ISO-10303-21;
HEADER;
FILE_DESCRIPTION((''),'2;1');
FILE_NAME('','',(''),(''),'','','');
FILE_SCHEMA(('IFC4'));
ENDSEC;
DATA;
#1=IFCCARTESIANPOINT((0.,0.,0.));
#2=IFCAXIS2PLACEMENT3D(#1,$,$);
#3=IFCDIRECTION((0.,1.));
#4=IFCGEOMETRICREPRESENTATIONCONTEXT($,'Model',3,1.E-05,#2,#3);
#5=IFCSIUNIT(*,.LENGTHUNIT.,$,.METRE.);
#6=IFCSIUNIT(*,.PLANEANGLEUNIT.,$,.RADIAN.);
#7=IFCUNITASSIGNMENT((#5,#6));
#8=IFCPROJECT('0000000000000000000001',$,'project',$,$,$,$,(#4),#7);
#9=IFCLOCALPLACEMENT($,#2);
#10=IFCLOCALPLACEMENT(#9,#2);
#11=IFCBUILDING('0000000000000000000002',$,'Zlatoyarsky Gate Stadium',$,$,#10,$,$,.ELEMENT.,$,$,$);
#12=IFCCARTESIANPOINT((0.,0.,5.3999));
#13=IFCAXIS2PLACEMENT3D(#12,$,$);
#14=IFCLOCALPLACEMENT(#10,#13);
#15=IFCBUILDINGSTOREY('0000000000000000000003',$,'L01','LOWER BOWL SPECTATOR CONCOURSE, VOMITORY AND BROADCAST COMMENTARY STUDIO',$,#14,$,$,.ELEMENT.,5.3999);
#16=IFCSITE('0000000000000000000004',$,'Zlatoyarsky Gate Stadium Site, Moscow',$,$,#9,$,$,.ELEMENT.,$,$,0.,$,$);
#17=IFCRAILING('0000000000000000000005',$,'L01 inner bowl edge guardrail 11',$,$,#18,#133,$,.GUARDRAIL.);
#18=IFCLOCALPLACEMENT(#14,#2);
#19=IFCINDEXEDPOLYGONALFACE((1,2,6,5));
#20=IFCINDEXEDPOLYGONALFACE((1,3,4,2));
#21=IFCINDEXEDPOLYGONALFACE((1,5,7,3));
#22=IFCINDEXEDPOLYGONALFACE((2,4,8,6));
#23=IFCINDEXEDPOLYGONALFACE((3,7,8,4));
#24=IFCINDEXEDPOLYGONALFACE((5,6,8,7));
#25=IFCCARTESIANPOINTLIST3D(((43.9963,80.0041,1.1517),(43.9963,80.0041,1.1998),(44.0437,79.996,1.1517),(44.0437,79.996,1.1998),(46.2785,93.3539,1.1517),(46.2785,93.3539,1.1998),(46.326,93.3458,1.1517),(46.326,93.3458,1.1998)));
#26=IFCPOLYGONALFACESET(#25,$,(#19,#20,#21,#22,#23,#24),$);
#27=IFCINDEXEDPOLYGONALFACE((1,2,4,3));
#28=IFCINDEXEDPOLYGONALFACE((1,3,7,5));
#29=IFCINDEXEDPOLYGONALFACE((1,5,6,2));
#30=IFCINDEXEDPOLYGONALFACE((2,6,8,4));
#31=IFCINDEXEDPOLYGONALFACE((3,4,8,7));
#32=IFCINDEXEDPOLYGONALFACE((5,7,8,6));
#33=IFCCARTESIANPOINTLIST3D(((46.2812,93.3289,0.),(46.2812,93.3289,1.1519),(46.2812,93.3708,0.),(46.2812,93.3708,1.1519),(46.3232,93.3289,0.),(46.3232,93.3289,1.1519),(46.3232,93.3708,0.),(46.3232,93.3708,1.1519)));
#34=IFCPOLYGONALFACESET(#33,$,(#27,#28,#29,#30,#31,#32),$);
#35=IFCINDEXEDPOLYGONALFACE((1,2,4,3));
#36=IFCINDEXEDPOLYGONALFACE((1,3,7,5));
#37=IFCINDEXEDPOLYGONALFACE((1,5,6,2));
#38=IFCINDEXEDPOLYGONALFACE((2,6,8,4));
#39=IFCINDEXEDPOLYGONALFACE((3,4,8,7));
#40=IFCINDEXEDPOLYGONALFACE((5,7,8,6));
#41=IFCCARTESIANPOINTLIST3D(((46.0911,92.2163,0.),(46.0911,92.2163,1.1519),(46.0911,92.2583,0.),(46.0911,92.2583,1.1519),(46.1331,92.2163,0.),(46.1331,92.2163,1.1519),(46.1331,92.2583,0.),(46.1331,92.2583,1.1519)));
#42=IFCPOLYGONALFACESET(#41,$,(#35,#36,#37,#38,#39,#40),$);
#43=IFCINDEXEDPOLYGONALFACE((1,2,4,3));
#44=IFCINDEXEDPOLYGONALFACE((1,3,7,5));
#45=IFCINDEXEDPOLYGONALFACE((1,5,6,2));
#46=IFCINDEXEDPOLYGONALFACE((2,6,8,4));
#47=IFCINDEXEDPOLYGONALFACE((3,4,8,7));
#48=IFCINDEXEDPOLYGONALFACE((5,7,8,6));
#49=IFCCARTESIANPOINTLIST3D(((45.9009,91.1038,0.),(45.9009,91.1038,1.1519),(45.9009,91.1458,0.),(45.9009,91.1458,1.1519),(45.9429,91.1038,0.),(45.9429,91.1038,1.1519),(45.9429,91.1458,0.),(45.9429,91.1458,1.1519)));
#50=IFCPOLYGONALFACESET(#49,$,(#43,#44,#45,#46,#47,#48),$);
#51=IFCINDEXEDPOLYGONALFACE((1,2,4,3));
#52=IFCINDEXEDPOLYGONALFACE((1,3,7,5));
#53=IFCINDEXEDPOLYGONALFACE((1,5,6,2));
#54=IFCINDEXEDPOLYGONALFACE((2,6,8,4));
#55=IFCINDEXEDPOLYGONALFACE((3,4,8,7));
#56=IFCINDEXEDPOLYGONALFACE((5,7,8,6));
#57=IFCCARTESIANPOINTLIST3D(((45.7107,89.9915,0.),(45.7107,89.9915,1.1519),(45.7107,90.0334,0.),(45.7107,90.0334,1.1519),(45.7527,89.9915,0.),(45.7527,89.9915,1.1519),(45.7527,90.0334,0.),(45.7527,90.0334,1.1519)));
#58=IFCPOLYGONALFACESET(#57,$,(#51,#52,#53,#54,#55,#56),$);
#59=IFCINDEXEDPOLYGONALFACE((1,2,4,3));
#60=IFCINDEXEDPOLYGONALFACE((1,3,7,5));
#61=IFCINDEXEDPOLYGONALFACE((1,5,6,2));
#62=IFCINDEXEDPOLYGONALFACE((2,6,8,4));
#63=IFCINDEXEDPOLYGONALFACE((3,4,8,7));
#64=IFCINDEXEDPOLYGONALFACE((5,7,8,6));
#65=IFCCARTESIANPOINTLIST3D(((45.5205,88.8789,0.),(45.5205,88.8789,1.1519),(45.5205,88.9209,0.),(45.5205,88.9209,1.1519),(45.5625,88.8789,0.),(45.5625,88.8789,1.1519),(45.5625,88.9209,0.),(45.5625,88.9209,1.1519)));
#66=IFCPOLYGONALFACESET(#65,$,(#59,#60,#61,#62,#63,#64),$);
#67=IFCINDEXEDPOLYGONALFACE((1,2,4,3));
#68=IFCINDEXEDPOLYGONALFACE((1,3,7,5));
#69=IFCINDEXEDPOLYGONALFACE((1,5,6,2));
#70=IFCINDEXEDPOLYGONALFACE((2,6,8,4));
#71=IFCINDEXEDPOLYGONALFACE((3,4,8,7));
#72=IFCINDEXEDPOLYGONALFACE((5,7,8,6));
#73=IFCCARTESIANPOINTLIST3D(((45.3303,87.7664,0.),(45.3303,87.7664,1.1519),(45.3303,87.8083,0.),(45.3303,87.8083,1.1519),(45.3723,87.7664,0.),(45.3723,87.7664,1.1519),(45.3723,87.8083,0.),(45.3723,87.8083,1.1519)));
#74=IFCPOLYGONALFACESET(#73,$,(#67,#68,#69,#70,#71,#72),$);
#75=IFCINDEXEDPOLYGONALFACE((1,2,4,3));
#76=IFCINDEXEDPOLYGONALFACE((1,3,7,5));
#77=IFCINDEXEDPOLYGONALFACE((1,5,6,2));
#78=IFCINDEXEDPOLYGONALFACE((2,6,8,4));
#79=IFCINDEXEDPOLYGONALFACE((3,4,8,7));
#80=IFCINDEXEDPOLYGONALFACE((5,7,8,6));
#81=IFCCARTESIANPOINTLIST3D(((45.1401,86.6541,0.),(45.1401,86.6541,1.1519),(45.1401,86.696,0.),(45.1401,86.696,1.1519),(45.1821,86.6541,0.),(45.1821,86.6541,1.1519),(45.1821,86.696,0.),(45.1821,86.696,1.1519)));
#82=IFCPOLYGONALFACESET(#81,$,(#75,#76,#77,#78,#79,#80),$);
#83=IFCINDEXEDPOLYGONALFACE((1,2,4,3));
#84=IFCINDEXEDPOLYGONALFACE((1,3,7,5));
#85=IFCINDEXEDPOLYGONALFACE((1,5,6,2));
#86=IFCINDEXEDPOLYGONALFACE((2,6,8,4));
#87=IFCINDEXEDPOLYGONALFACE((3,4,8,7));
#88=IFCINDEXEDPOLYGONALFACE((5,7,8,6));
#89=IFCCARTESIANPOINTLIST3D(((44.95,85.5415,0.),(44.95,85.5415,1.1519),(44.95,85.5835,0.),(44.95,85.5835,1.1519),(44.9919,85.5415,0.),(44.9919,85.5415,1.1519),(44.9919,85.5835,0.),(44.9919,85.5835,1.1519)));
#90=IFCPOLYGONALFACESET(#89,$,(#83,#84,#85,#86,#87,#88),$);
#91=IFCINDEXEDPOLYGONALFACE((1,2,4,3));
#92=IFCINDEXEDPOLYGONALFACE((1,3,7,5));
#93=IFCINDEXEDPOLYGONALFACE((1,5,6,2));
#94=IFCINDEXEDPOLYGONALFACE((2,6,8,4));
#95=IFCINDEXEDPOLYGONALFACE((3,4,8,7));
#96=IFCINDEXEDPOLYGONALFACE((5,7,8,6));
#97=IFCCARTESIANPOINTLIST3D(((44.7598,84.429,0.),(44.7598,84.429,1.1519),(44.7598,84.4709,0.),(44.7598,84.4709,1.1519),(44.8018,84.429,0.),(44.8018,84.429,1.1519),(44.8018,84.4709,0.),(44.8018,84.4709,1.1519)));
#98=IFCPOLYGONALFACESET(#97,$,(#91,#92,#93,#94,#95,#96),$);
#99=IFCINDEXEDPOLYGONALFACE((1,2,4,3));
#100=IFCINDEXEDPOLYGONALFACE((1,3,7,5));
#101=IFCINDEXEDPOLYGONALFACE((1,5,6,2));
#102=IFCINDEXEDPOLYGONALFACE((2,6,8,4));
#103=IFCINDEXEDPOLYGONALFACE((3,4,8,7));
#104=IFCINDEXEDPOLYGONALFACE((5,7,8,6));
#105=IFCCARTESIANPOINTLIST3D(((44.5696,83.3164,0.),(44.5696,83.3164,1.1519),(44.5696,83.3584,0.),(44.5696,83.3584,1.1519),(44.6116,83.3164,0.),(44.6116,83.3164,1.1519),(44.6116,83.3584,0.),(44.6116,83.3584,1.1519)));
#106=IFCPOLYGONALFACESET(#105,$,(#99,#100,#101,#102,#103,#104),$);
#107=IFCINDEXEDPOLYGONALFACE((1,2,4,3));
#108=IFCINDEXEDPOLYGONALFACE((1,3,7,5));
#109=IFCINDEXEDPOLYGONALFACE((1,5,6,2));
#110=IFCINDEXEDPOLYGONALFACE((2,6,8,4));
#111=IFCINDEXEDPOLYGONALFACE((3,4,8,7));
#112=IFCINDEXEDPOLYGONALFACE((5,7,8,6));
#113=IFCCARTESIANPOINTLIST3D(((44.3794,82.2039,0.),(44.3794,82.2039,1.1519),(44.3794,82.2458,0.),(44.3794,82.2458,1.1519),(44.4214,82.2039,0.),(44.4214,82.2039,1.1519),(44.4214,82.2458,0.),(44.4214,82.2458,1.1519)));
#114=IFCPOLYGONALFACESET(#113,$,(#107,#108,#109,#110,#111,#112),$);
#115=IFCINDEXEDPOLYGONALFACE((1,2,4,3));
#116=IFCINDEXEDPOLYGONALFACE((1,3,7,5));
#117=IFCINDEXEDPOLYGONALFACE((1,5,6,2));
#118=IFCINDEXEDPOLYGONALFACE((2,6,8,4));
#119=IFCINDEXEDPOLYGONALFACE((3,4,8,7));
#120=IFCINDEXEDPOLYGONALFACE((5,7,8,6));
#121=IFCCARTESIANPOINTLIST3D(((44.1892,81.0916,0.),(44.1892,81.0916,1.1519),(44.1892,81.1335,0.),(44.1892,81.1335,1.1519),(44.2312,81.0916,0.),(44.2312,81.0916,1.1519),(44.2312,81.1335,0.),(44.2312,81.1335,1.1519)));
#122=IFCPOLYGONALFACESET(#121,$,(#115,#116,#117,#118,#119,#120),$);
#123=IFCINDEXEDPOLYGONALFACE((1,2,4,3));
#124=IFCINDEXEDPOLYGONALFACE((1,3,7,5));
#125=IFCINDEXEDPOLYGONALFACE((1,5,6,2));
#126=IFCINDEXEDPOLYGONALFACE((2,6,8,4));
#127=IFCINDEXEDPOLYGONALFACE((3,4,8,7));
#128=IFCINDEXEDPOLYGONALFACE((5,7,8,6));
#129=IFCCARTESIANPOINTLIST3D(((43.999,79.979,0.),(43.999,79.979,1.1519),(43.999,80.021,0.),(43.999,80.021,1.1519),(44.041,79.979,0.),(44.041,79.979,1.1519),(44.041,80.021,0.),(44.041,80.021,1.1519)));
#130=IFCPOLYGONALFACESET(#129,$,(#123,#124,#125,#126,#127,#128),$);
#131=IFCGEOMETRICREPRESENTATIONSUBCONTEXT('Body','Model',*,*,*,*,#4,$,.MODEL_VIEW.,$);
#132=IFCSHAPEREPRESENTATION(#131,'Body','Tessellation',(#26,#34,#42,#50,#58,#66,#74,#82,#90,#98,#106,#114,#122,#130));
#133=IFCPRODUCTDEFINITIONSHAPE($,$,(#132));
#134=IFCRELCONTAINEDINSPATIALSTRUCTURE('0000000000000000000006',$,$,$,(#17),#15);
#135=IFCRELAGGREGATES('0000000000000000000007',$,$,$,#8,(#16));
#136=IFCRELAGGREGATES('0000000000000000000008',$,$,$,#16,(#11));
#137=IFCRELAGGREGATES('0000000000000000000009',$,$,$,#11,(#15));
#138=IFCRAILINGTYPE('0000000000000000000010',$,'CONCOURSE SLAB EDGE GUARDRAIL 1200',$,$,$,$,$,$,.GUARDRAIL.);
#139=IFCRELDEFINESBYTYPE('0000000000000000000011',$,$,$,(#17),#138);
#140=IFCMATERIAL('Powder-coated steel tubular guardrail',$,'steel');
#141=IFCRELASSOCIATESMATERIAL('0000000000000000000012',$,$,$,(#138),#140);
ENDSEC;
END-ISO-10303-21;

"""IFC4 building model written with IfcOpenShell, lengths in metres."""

from ifc_helpers import new_model, si_unit, direction, frame, origin, origin_2d, place, context, subcontext, project, spatial, rectangle, extrude, material, type_object, element, save


model = new_model("IFC4")

# Units and contexts
model_context = context("Model", 3, precision=1e-05, world=origin(), true_north=direction((0.0, 1.0)))
body_context = subcontext(model_context, "Body", "Model", "MODEL_VIEW")
ifc_project = project(units=[si_unit("LENGTHUNIT", "METRE"), si_unit("PLANEANGLEUNIT", "RADIAN")], contexts=[model_context])

# Site, building, storey
site_placement = place(None, origin())
site = spatial("IfcSite", under=ifc_project, at=site_placement, Name="Zlatoyarsky Gate Stadium Site, Moscow", CompositionType="ELEMENT", RefElevation=0.0)
building_placement = place(site_placement, origin())
building = spatial("IfcBuilding", under=site, at=building_placement, Name="Zlatoyarsky Gate Stadium", CompositionType="ELEMENT")
storey_placement = place(building_placement, frame((0.0, 0.0, 5.3999)))
storey = spatial("IfcBuildingStorey", under=building, at=storey_placement, Name="L01", Description="LOWER BOWL SPECTATOR CONCOURSE, VOMITORY AND BROADCAST COMMENTARY STUDIO", CompositionType="ELEMENT", Elevation=5.3999)

# Railing
ifc_material_1 = material(Name="Powder-coated steel tubular guardrail", Category="steel")
railing_type_1 = type_object("IfcRailingType", Name="CONCOURSE SLAB EDGE GUARDRAIL 1200", PredefinedType="GUARDRAIL", material=ifc_material_1)
railing_1_placement = place(storey_placement, frame((46.3022, 93.3499, 0.0)))
element("IfcRailing", 1, at=railing_1_placement, inside=storey, type_object=railing_type_1, Name="L01 inner bowl edge guardrail 11", PredefinedType="GUARDRAIL", context=body_context, shape_type="SweptSolid", body=[
    extrude(rectangle(XDim=0.0481, YDim=0.0481, at=origin_2d()), frame((0.0, 0.0, 1.1758), z_axis=(-0.16851, -0.9857, 0.0), x_axis=(0.9857, -0.16851, 0.0)), (0.0, 0.0, 1.0), 13.5435),
    extrude(rectangle(XDim=0.042, YDim=0.042, at=origin_2d()), origin(), (0.0, 0.0, 1.0), 1.1519),
    extrude(rectangle(XDim=0.042, YDim=0.042, at=origin_2d()), frame((-0.1902, -1.1125, 0.0)), (0.0, 0.0, 1.0), 1.1519),
    extrude(rectangle(XDim=0.042, YDim=0.042, at=origin_2d()), frame((-0.3804, -2.2251, 0.0)), (0.0, 0.0, 1.0), 1.1519),
    extrude(rectangle(XDim=0.042, YDim=0.042, at=origin_2d()), frame((-0.5706, -3.3374, 0.0)), (0.0, 0.0, 1.0), 1.1519),
    extrude(rectangle(XDim=0.042, YDim=0.042, at=origin_2d()), frame((-0.7607, -4.45, 0.0)), (0.0, 0.0, 1.0), 1.1519),
    extrude(rectangle(XDim=0.042, YDim=0.042, at=origin_2d()), frame((-0.9509, -5.5625, 0.0)), (0.0, 0.0, 1.0), 1.1519),
    extrude(rectangle(XDim=0.042, YDim=0.042, at=origin_2d()), frame((-1.1411, -6.6748, 0.0)), (0.0, 0.0, 1.0), 1.1519),
    extrude(rectangle(XDim=0.042, YDim=0.042, at=origin_2d()), frame((-1.3313, -7.7874, 0.0)), (0.0, 0.0, 1.0), 1.1519),
    extrude(rectangle(XDim=0.042, YDim=0.042, at=origin_2d()), frame((-1.5215, -8.8999, 0.0)), (0.0, 0.0, 1.0), 1.1519),
    extrude(rectangle(XDim=0.042, YDim=0.042, at=origin_2d()), frame((-1.7117, -10.0125, 0.0)), (0.0, 0.0, 1.0), 1.1519),
    extrude(rectangle(XDim=0.042, YDim=0.042, at=origin_2d()), frame((-1.9019, -11.125, 0.0)), (0.0, 0.0, 1.0), 1.1519),
    extrude(rectangle(XDim=0.042, YDim=0.042, at=origin_2d()), frame((-2.092, -12.2373, 0.0)), (0.0, 0.0, 1.0), 1.1519),
    extrude(rectangle(XDim=0.042, YDim=0.042, at=origin_2d()), frame((-2.2822, -13.3499, 0.0)), (0.0, 0.0, 1.0), 1.1519),
])

save(model, "model.ifc")
